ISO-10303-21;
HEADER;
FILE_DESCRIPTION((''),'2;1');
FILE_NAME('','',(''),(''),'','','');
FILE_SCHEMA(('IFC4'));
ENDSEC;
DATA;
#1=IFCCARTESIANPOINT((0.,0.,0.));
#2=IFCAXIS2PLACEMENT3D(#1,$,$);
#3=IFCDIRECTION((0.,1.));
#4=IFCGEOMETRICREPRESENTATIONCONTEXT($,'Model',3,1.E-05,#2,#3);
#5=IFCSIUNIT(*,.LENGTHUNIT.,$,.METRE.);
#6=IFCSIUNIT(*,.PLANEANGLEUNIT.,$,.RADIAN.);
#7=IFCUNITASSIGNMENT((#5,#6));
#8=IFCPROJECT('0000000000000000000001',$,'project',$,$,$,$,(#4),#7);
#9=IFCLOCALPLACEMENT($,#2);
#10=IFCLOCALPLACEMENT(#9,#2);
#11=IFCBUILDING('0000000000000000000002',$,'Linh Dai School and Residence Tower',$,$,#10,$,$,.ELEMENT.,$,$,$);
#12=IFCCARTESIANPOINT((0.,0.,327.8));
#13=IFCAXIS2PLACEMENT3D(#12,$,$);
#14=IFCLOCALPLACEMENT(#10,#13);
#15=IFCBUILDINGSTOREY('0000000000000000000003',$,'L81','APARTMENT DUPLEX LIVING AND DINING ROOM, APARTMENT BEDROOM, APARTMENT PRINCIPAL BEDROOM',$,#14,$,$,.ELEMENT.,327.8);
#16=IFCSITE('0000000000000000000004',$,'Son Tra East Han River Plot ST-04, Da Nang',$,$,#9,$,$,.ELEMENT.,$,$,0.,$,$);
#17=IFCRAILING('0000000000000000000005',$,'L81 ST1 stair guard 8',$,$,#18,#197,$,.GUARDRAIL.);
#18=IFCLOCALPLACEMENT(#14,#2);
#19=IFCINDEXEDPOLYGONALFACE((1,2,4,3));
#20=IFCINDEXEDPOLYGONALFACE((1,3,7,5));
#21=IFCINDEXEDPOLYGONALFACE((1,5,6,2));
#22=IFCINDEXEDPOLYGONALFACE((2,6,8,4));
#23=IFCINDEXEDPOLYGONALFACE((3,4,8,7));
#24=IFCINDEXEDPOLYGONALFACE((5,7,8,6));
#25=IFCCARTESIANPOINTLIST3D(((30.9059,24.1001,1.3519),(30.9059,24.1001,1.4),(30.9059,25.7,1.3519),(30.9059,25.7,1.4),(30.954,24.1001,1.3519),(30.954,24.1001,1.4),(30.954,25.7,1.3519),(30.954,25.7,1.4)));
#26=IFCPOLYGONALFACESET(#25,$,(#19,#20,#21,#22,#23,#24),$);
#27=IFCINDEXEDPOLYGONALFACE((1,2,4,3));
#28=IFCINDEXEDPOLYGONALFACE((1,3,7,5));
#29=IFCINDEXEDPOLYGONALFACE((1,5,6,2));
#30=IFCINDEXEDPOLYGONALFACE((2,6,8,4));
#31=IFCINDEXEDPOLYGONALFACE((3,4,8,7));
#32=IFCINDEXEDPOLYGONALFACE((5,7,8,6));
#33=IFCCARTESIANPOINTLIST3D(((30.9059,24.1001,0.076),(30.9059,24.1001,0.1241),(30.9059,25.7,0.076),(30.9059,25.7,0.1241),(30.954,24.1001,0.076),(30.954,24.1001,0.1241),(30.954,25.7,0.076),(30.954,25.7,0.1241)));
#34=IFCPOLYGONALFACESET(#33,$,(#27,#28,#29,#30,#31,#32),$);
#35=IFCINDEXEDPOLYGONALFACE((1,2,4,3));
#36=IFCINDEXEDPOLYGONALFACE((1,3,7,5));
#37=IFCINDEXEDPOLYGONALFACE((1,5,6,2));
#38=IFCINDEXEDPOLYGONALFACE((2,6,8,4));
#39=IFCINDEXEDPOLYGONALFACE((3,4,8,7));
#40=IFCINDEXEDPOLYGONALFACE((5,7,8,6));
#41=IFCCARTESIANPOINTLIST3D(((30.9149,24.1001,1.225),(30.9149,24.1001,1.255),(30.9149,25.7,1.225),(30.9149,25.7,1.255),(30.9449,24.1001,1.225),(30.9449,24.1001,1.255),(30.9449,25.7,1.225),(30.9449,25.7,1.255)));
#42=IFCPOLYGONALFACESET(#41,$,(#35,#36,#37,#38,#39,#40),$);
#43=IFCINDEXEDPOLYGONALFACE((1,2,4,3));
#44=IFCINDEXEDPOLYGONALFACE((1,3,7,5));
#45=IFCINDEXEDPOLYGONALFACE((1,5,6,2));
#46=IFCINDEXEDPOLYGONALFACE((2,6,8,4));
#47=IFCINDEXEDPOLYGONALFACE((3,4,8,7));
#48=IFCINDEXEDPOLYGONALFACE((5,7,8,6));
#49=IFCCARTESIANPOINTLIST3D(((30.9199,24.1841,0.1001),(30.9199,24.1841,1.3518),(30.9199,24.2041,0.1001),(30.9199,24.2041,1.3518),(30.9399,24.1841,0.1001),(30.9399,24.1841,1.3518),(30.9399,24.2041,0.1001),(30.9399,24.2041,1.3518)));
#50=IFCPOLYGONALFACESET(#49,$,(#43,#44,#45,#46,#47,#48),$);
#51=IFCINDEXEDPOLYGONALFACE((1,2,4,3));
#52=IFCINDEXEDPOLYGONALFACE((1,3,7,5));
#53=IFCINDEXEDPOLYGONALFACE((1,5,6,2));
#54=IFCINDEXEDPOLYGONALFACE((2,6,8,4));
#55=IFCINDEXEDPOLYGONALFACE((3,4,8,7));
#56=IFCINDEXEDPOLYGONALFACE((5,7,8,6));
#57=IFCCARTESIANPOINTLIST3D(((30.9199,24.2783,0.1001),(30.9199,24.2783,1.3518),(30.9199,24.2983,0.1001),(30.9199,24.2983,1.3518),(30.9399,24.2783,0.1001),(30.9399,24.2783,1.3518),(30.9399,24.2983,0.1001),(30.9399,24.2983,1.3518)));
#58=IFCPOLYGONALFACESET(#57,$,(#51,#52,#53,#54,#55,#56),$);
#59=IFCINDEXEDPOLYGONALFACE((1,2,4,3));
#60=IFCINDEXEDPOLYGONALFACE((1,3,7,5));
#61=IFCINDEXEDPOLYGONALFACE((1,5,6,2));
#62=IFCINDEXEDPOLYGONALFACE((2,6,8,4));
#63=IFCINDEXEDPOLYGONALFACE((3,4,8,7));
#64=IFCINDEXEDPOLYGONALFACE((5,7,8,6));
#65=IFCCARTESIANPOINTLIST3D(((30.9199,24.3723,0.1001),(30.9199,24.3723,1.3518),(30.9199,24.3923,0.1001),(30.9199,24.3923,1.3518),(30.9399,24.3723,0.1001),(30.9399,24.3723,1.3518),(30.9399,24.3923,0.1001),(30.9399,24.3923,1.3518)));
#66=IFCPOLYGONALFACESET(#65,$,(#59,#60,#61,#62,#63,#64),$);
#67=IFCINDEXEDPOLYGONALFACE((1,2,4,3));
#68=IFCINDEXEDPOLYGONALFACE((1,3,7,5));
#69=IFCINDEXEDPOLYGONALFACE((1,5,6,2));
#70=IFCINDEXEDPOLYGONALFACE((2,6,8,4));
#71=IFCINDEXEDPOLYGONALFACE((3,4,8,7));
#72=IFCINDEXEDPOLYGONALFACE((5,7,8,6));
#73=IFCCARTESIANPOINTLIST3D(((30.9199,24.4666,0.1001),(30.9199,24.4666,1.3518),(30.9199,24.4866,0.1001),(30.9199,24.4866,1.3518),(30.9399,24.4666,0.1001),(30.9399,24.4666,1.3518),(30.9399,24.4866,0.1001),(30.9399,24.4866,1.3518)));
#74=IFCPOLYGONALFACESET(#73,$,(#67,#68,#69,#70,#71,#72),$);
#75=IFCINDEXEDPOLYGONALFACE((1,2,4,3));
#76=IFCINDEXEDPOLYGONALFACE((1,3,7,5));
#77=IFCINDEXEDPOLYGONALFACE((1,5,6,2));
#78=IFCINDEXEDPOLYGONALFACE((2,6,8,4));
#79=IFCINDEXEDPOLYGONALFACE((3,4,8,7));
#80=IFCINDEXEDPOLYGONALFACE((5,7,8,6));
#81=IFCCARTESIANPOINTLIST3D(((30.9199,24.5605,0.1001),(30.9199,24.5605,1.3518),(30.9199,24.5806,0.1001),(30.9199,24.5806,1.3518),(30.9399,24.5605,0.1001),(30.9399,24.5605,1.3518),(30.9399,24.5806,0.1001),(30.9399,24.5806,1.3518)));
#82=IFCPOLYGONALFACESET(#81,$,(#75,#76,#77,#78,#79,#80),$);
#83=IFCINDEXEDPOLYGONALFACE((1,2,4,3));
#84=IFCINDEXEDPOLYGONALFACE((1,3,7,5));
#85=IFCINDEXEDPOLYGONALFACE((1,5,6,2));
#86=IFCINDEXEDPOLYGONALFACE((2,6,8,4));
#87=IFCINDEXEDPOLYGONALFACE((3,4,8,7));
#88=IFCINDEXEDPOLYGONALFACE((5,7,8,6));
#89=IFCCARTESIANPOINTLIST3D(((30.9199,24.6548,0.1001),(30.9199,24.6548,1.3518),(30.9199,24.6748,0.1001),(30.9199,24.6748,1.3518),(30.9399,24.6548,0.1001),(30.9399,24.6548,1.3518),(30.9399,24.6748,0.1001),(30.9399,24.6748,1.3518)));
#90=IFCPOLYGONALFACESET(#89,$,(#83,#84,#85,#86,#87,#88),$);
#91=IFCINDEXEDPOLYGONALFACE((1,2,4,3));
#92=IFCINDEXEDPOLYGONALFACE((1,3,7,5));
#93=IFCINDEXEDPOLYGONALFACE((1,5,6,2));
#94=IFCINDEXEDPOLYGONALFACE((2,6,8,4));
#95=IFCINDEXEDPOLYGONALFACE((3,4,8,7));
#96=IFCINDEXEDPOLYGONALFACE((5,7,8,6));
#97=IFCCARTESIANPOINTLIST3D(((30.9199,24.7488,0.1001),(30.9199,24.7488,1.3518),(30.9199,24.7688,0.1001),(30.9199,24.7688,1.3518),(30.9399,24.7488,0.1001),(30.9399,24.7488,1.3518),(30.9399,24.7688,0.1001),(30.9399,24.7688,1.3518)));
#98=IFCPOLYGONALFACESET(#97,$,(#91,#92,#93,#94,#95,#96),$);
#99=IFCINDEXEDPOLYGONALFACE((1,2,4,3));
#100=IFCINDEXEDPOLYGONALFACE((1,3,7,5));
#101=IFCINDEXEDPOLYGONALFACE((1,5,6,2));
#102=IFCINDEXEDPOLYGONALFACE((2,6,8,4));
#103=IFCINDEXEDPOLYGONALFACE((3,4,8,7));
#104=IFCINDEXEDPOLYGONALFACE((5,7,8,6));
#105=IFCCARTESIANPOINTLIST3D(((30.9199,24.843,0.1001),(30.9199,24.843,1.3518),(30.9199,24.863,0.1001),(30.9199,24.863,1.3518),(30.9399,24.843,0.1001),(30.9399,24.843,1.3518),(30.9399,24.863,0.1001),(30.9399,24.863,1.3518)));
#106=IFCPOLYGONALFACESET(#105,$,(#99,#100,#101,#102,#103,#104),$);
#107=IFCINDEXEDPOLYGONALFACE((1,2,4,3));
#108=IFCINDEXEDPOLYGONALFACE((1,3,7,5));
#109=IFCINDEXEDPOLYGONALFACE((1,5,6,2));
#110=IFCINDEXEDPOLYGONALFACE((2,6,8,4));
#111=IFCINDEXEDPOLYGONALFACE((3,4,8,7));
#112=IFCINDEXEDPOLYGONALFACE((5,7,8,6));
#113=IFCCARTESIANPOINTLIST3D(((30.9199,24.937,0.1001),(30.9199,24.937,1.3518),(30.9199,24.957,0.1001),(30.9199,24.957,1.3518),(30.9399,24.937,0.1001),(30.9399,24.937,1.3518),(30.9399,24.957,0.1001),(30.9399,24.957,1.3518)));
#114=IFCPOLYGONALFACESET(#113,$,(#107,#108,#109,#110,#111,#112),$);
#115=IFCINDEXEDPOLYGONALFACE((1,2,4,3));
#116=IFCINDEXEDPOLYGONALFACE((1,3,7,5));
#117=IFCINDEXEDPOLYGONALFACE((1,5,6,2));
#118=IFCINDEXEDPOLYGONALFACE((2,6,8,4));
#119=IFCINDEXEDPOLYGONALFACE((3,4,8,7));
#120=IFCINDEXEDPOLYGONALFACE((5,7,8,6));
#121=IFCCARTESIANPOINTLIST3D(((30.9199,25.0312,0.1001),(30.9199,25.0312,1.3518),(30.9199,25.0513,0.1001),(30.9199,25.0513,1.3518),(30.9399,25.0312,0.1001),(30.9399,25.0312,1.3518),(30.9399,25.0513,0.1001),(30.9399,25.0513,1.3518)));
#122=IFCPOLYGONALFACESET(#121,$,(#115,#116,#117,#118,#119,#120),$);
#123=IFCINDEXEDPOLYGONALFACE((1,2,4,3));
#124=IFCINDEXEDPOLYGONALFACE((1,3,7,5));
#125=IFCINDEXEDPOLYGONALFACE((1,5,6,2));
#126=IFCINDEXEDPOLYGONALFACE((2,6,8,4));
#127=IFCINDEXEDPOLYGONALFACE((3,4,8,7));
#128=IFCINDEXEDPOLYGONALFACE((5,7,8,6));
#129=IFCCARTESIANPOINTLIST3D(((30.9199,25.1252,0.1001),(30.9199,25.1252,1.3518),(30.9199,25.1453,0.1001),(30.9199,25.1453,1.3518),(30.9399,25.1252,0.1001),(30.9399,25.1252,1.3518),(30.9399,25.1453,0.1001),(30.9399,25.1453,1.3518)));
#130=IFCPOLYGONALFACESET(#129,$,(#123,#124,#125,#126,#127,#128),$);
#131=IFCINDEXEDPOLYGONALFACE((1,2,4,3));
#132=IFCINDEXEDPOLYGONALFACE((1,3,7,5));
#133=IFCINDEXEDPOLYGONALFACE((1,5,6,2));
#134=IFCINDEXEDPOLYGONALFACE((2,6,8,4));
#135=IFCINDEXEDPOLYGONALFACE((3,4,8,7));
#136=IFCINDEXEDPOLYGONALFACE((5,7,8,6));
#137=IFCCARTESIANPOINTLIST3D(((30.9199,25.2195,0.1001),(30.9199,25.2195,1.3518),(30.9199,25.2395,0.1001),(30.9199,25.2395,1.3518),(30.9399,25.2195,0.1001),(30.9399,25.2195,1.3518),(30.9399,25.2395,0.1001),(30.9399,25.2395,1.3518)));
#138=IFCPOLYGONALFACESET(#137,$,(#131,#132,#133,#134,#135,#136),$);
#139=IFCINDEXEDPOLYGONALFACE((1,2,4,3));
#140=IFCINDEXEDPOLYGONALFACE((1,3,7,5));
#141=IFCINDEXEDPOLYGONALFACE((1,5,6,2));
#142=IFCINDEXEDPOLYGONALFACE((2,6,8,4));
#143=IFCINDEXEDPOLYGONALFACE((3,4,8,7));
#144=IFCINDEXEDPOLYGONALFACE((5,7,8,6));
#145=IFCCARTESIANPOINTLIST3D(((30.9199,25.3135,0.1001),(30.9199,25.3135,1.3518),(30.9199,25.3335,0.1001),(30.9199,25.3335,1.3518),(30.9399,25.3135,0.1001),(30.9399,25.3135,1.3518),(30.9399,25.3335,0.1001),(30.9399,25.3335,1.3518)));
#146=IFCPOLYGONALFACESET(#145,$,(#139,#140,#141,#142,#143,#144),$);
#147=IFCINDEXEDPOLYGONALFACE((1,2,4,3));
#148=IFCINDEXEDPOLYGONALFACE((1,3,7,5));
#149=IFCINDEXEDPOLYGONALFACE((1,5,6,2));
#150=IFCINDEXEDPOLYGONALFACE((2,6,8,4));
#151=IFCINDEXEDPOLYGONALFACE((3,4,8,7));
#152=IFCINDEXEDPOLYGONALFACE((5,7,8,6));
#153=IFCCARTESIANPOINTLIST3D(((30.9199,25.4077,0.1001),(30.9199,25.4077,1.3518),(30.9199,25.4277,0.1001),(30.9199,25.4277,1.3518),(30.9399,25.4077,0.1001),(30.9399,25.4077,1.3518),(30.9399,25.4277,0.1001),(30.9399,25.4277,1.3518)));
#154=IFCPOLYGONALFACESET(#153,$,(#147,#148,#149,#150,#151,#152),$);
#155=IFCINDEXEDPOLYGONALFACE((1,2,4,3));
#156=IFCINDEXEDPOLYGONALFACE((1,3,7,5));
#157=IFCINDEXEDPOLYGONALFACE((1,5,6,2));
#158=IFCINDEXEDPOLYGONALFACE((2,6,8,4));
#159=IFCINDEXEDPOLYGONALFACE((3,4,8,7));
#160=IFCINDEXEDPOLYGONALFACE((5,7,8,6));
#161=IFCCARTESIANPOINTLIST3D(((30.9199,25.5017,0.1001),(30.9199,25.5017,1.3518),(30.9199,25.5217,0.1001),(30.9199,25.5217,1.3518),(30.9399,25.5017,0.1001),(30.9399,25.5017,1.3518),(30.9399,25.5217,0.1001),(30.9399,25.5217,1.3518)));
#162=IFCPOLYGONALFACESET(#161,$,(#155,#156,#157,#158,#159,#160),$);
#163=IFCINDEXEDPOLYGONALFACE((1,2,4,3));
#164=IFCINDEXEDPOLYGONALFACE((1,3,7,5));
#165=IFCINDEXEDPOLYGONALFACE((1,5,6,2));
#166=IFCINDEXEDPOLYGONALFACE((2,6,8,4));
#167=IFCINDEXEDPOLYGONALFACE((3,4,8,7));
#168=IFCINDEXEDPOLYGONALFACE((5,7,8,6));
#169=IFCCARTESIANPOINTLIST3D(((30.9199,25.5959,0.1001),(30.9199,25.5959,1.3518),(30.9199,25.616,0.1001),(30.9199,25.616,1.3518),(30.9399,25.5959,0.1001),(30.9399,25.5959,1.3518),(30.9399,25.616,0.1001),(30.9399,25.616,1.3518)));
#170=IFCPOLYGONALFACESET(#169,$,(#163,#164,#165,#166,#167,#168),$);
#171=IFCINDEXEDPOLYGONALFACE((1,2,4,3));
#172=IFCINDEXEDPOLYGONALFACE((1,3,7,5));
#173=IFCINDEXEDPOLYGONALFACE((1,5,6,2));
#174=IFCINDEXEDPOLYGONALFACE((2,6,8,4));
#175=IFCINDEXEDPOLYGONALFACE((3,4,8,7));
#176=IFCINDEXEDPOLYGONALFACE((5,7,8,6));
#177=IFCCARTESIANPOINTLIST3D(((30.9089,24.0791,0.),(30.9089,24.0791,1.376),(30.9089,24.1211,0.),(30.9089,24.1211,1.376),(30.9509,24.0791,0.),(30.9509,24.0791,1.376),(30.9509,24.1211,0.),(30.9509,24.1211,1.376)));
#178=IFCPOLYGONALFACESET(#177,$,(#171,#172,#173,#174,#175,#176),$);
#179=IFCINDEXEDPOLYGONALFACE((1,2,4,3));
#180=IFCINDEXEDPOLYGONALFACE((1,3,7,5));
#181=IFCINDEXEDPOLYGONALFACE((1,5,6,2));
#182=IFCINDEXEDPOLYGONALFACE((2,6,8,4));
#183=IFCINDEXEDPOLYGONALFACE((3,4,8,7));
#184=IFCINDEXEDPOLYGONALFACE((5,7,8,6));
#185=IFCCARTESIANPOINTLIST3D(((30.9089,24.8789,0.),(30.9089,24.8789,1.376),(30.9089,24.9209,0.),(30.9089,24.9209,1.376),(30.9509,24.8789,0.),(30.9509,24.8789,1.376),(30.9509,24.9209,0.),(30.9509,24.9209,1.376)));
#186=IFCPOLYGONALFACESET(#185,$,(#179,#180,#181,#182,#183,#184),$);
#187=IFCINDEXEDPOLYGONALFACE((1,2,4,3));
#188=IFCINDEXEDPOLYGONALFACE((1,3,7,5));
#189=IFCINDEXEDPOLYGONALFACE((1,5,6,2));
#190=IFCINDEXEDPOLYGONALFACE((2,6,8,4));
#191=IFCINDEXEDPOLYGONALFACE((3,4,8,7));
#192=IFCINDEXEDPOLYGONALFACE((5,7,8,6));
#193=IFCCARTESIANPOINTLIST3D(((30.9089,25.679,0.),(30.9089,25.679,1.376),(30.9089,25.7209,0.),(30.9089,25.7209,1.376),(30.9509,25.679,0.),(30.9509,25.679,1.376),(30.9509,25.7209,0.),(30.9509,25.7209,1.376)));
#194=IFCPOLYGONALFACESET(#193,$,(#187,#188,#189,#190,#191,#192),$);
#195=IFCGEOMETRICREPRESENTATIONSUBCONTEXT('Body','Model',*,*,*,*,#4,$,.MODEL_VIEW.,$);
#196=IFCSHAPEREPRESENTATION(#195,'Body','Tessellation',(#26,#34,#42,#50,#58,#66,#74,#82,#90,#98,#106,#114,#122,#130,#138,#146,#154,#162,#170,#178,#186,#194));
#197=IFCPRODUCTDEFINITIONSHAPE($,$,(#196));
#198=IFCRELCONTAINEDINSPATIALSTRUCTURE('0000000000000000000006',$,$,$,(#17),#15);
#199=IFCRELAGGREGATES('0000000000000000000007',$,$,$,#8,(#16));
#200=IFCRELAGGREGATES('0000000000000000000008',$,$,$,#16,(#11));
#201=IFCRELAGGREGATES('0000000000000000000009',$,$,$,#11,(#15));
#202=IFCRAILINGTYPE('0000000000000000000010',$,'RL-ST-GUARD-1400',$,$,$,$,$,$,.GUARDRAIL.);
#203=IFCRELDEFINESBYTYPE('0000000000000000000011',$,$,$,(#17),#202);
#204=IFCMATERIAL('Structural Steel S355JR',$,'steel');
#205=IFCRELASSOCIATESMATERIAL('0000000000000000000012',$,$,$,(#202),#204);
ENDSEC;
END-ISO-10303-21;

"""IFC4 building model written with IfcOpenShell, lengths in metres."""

from ifc_helpers import new_model, si_unit, direction, frame, origin, origin_2d, place, context, subcontext, project, spatial, rectangle, extrude, source, transform, mapped, material, type_object, element, save


model = new_model("IFC4")

# Units and contexts
model_context = context("Model", 3, precision=1e-05, world=origin(), true_north=direction((0.0, 1.0)))
body_context = subcontext(model_context, "Body", "Model", "MODEL_VIEW")
ifc_project = project(units=[si_unit("LENGTHUNIT", "METRE"), si_unit("PLANEANGLEUNIT", "RADIAN")], contexts=[model_context])

# Site, building, storey
site_placement = place(None, origin())
site = spatial("IfcSite", under=ifc_project, at=site_placement, Name="Son Tra East Han River Plot ST-04, Da Nang", CompositionType="ELEMENT", RefElevation=0.0)
building_placement = place(site_placement, origin())
building = spatial("IfcBuilding", under=site, at=building_placement, Name="Linh Dai School and Residence Tower", CompositionType="ELEMENT")
storey_placement = place(building_placement, frame((0.0, 0.0, 327.8)))
storey = spatial("IfcBuildingStorey", under=building, at=storey_placement, Name="L81", Description="APARTMENT DUPLEX LIVING AND DINING ROOM, APARTMENT BEDROOM, APARTMENT PRINCIPAL BEDROOM", CompositionType="ELEMENT", Elevation=327.8)

# Shared definitions
ifc_material_1 = material(Name="Structural Steel S355JR", Category="steel")

# Railing
railing_type_1 = type_object("IfcRailingType", Name="RL-ST-GUARD-1400", PredefinedType="GUARDRAIL", material=ifc_material_1)
shared_shape_1 = source(origin(), body_context, "Body", "SweptSolid", [
    extrude(rectangle(XDim=0.0481, YDim=0.0481, at=origin_2d()), frame((0.0, 0.0, 1.376), z_axis=(0.0, 1.0, 0.0), x_axis=(-1.0, 0.0, 0.0)), (0.0, 0.0, 1.0), 1.5999),
    extrude(rectangle(XDim=0.0481, YDim=0.0481, at=origin_2d()), frame((0.0, 0.0, 0.1001), z_axis=(0.0, 1.0, 0.0), x_axis=(-1.0, 0.0, 0.0)), (0.0, 0.0, 1.0), 1.5999),
    extrude(rectangle(XDim=0.03, YDim=0.03, at=origin_2d()), frame((0.0, 0.0, 1.24), z_axis=(0.0, 1.0, 0.0), x_axis=(-1.0, 0.0, 0.0)), (0.0, 0.0, 1.0), 1.5999),
    extrude(rectangle(XDim=0.02, YDim=0.02, at=origin_2d()), frame((0.0, 0.094, 0.1001)), (0.0, 0.0, 1.0), 1.2517),
    extrude(rectangle(XDim=0.02, YDim=0.02, at=origin_2d()), frame((0.0, 0.1882, 0.1001)), (0.0, 0.0, 1.0), 1.2517),
    extrude(rectangle(XDim=0.02, YDim=0.02, at=origin_2d()), frame((0.0, 0.2822, 0.1001)), (0.0, 0.0, 1.0), 1.2517),
    extrude(rectangle(XDim=0.02, YDim=0.02, at=origin_2d()), frame((0.0, 0.3765, 0.1001)), (0.0, 0.0, 1.0), 1.2517),
    extrude(rectangle(XDim=0.02, YDim=0.02, at=origin_2d()), frame((0.0, 0.4705, 0.1001)), (0.0, 0.0, 1.0), 1.2517),
    extrude(rectangle(XDim=0.02, YDim=0.02, at=origin_2d()), frame((0.0, 0.5647, 0.1001)), (0.0, 0.0, 1.0), 1.2517),
    extrude(rectangle(XDim=0.02, YDim=0.02, at=origin_2d()), frame((0.0, 0.6587, 0.1001)), (0.0, 0.0, 1.0), 1.2517),
    extrude(rectangle(XDim=0.02, YDim=0.02, at=origin_2d()), frame((0.0, 0.7529, 0.1001)), (0.0, 0.0, 1.0), 1.2517),
    extrude(rectangle(XDim=0.02, YDim=0.02, at=origin_2d()), frame((0.0, 0.8469, 0.1001)), (0.0, 0.0, 1.0), 1.2517),
    extrude(rectangle(XDim=0.02, YDim=0.02, at=origin_2d()), frame((0.0, 0.9412, 0.1001)), (0.0, 0.0, 1.0), 1.2517),
    extrude(rectangle(XDim=0.02, YDim=0.02, at=origin_2d()), frame((0.0, 1.0352, 0.1001)), (0.0, 0.0, 1.0), 1.2517),
    extrude(rectangle(XDim=0.02, YDim=0.02, at=origin_2d()), frame((0.0, 1.1294, 0.1001)), (0.0, 0.0, 1.0), 1.2517),
    extrude(rectangle(XDim=0.02, YDim=0.02, at=origin_2d()), frame((0.0, 1.2234, 0.1001)), (0.0, 0.0, 1.0), 1.2517),
    extrude(rectangle(XDim=0.02, YDim=0.02, at=origin_2d()), frame((0.0, 1.3176, 0.1001)), (0.0, 0.0, 1.0), 1.2517),
    extrude(rectangle(XDim=0.02, YDim=0.02, at=origin_2d()), frame((0.0, 1.4116, 0.1001)), (0.0, 0.0, 1.0), 1.2517),
    extrude(rectangle(XDim=0.02, YDim=0.02, at=origin_2d()), frame((0.0, 1.5059, 0.1001)), (0.0, 0.0, 1.0), 1.2517),
    extrude(rectangle(XDim=0.042, YDim=0.042, at=origin_2d()), origin(), (0.0, 0.0, 1.0), 1.376),
    extrude(rectangle(XDim=0.042, YDim=0.042, at=origin_2d()), frame((0.0, 0.7998, 0.0)), (0.0, 0.0, 1.0), 1.376),
    extrude(rectangle(XDim=0.042, YDim=0.042, at=origin_2d()), frame((0.0, 1.5999, 0.0)), (0.0, 0.0, 1.0), 1.376),
])
for number, where, name in (
    (1, (30.9299, 24.1001, 0.0), "L81 ST1 stair guard 8"),
):
    element("IfcRailing", number, at=place(storey_placement, frame(where)), inside=storey, type_object=railing_type_1, Name=name, PredefinedType="GUARDRAIL", context=body_context, shape_type="MappedRepresentation", body=[
        mapped(shared_shape_1, transform((0.0, 0.0, 0.0), x_axis=(1.0, 0.0, 0.0), y_axis=(0.0, 1.0, 0.0), z_axis=(0.0, 0.0, 1.0), scale=1.0)),
    ])

save(model, "model.ifc")
